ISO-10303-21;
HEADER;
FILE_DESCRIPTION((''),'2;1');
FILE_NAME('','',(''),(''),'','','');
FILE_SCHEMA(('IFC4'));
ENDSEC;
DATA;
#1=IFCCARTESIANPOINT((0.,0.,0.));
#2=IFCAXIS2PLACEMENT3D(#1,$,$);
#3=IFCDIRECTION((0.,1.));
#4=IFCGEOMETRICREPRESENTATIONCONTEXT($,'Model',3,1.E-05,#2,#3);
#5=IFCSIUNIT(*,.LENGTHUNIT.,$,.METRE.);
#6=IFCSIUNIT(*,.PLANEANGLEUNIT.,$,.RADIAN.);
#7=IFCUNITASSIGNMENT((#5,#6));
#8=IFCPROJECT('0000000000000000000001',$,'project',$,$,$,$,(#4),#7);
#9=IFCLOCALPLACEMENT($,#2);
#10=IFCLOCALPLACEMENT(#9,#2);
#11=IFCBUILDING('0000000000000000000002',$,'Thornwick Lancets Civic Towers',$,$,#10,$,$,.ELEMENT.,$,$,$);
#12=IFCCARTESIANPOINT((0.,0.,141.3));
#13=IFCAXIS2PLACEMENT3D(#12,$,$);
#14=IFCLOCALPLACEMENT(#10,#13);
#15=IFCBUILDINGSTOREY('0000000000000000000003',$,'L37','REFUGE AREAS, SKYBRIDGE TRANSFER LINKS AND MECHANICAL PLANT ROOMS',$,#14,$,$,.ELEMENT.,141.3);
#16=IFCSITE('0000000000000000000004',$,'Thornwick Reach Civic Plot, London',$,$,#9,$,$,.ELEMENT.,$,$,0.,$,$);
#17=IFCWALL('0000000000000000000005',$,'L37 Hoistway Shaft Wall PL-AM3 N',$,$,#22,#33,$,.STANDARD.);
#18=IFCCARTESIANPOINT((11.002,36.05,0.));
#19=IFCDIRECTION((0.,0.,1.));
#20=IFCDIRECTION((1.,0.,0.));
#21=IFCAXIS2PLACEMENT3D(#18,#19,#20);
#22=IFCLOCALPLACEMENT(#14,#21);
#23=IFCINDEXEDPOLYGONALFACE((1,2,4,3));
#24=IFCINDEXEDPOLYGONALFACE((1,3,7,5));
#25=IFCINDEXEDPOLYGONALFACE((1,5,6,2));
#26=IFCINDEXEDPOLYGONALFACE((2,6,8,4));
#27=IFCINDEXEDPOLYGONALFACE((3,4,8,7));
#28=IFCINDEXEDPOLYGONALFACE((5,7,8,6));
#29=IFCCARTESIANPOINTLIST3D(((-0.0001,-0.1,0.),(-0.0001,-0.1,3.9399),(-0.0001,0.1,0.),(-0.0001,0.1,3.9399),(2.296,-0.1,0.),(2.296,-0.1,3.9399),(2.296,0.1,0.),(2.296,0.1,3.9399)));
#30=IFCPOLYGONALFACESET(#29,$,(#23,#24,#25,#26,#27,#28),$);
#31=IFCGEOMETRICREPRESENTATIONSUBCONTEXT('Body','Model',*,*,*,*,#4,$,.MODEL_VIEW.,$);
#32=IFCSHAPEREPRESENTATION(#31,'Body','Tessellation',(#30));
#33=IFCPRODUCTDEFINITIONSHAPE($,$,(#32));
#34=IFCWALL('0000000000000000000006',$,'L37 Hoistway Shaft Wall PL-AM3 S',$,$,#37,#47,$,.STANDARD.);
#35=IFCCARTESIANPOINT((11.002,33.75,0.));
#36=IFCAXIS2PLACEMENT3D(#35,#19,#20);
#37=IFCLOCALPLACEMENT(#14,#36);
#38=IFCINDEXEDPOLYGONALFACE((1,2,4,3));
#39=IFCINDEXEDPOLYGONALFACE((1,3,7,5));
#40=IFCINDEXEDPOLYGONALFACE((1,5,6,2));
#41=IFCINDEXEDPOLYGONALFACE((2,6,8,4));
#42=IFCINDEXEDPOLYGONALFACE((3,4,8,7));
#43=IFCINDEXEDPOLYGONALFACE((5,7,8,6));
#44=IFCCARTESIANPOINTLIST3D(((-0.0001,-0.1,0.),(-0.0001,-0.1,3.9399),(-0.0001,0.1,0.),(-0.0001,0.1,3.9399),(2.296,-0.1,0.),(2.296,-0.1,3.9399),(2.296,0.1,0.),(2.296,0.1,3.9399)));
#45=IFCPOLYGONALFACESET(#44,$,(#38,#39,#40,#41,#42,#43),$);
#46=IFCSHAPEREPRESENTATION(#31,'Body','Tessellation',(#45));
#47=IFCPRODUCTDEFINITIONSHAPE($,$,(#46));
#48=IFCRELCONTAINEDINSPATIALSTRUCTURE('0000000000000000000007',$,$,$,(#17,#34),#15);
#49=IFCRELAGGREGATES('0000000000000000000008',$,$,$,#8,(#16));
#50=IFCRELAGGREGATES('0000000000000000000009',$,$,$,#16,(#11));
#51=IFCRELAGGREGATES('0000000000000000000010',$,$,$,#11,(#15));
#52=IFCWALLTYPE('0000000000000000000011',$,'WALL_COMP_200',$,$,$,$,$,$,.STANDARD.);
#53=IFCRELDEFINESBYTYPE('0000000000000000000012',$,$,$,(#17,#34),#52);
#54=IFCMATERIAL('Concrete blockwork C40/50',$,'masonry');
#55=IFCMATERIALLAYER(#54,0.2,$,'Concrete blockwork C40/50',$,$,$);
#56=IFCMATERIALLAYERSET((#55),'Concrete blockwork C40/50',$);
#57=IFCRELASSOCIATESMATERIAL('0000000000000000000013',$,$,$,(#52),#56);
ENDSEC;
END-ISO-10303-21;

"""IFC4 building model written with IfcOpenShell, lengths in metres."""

from ifc_helpers import new_model, si_unit, direction, frame, frame_2d, origin, place, context, subcontext, project, spatial, rectangle, extrude, material, layer, layer_set, type_object, element, save


model = new_model("IFC4")

# Units and contexts
model_context = context("Model", 3, precision=1e-05, world=origin(), true_north=direction((0.0, 1.0)))
body_context = subcontext(model_context, "Body", "Model", "MODEL_VIEW")
ifc_project = project(units=[si_unit("LENGTHUNIT", "METRE"), si_unit("PLANEANGLEUNIT", "RADIAN")], contexts=[model_context])

# Site, building, storey
site_placement = place(None, origin())
site = spatial("IfcSite", under=ifc_project, at=site_placement, Name="Thornwick Reach Civic Plot, London", CompositionType="ELEMENT", RefElevation=0.0)
building_placement = place(site_placement, origin())
building = spatial("IfcBuilding", under=site, at=building_placement, Name="Thornwick Lancets Civic Towers", CompositionType="ELEMENT")
storey_placement = place(building_placement, frame((0.0, 0.0, 141.3)))
storey = spatial("IfcBuildingStorey", under=building, at=storey_placement, Name="L37", Description="REFUGE AREAS, SKYBRIDGE TRANSFER LINKS AND MECHANICAL PLANT ROOMS", CompositionType="ELEMENT", Elevation=141.3)

# Shared definitions
ifc_material_1 = material(Name="Concrete blockwork C40/50", Category="masonry")
ifc_layer_1 = layer(ifc_material_1, 0.2, Name="Concrete blockwork C40/50")
ifc_layer_set_1 = layer_set([ifc_layer_1], Name="Concrete blockwork C40/50")
wall_type_1 = type_object("IfcWallType", Name="WALL_COMP_200", PredefinedType="STANDARD", material=ifc_layer_set_1)

# Walls
for number, where, z_axis, x_axis, name in (
    (1, (11.002, 36.05, 0.0), (0.0, 0.0, 1.0), (1.0, 0.0, 0.0), "L37 Hoistway Shaft Wall PL-AM3 N"),
    (2, (11.002, 33.75, 0.0), (0.0, 0.0, 1.0), (1.0, 0.0, 0.0), "L37 Hoistway Shaft Wall PL-AM3 S"),
):
    element("IfcWall", number, at=place(storey_placement, frame(where, z_axis=z_axis, x_axis=x_axis)), inside=storey, type_object=wall_type_1, Name=name, PredefinedType="STANDARD", context=body_context, shape_type="SweptSolid", body=[
        extrude(rectangle(XDim=2.2961, YDim=0.2, at=frame_2d((1.1479, 0.0))), origin(), (0.0, 0.0, 1.0), 3.9399),
    ])

save(model, "model.ifc")
